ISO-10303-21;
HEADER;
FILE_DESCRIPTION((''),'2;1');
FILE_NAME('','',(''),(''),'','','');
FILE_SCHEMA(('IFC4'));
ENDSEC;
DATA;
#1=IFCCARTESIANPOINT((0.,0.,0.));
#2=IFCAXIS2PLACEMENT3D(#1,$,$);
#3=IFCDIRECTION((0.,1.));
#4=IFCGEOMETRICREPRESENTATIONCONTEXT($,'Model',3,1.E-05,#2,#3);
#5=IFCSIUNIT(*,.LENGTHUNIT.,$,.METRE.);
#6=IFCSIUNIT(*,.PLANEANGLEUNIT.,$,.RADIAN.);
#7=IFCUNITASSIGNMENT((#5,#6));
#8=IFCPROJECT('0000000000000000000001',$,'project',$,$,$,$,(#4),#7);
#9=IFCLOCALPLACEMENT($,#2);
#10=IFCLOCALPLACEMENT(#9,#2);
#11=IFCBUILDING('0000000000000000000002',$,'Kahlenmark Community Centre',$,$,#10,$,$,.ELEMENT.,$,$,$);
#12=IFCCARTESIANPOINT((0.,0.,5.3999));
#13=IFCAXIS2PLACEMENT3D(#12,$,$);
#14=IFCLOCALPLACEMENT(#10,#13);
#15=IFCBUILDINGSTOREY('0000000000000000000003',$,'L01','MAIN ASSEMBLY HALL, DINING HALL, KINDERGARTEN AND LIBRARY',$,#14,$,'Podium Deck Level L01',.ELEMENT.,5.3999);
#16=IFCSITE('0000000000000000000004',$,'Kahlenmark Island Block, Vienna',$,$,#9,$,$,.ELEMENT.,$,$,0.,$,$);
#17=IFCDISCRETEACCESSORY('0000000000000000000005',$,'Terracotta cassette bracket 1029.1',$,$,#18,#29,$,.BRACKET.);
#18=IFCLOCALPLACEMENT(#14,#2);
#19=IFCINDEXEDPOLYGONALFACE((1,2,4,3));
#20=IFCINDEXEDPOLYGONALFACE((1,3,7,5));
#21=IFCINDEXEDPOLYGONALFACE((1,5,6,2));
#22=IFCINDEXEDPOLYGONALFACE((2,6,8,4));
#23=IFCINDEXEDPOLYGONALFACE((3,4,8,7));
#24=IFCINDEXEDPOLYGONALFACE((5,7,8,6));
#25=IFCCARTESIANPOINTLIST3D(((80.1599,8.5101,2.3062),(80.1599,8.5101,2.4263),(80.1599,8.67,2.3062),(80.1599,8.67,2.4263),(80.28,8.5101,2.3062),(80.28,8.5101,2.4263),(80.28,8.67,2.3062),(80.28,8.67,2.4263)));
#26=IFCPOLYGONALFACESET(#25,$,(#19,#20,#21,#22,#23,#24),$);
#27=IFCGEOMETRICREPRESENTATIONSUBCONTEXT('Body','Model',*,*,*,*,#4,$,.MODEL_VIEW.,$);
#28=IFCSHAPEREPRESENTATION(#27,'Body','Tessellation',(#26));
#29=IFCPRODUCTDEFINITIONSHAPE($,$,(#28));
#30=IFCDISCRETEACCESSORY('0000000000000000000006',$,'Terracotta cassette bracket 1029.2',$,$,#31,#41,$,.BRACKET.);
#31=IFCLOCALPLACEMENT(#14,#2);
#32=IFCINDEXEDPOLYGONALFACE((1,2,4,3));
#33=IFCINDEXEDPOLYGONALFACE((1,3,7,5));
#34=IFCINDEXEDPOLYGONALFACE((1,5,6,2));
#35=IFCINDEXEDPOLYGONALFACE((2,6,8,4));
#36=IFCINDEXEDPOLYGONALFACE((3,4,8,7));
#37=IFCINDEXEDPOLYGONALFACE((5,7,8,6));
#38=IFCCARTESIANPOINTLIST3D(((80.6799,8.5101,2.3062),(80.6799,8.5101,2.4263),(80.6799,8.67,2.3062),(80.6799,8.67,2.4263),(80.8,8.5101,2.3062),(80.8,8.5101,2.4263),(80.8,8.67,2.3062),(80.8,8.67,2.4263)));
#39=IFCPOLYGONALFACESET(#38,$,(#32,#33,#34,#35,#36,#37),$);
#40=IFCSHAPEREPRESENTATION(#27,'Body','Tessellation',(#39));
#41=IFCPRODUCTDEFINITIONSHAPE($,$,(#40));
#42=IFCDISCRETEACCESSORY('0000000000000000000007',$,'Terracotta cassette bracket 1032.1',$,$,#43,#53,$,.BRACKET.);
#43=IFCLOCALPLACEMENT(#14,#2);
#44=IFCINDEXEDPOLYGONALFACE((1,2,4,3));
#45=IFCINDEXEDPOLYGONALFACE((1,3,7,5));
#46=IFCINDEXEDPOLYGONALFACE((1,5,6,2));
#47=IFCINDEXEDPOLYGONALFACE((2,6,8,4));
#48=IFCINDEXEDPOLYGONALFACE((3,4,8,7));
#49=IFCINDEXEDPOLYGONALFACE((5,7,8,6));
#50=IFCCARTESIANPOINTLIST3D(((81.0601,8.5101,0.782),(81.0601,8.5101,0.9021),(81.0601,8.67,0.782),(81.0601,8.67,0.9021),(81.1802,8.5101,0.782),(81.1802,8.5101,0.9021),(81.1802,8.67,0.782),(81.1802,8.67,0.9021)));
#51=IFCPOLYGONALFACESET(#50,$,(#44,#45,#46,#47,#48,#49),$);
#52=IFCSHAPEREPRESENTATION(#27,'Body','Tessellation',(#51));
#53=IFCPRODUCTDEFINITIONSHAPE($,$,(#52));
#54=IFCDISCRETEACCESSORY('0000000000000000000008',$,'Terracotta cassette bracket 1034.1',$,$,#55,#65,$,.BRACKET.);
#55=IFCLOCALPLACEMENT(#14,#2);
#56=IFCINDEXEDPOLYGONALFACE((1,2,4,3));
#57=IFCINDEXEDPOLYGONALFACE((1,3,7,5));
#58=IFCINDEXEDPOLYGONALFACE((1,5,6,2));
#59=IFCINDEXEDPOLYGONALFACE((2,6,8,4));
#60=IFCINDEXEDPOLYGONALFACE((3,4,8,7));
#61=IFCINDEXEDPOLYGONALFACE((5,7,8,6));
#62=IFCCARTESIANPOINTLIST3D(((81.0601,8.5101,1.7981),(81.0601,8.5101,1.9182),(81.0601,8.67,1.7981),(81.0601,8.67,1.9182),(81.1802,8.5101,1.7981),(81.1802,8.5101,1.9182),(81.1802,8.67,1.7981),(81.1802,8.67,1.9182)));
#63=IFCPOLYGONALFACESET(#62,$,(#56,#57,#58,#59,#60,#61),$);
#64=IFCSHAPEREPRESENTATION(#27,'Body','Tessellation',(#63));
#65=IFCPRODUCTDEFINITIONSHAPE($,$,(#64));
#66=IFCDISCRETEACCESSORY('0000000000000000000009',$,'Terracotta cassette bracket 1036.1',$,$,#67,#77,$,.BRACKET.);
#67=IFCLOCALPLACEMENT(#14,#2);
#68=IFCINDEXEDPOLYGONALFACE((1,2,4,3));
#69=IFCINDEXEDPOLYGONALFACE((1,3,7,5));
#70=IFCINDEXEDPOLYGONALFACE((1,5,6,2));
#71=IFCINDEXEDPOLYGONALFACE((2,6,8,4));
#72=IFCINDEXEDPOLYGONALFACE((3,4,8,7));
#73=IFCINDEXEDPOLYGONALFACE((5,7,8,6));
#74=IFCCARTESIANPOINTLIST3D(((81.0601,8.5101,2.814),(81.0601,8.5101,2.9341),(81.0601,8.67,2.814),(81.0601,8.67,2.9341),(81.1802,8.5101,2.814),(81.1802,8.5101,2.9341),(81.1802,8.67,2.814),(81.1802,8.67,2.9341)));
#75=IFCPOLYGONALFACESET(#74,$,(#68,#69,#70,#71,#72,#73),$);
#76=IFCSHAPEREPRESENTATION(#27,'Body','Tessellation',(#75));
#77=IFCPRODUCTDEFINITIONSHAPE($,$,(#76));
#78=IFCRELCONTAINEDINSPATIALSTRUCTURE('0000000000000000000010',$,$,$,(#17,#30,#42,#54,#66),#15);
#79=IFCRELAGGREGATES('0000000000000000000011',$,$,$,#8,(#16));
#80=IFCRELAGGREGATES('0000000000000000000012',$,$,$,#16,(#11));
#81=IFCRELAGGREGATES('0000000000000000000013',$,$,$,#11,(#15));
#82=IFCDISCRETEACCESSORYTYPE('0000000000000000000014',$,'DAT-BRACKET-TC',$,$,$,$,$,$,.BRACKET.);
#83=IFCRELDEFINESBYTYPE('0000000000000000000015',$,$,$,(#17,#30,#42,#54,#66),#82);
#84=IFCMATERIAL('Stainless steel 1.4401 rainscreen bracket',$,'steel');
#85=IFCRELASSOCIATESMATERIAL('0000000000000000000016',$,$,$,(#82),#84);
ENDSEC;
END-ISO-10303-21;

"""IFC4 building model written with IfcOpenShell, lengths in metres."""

from ifc_helpers import new_model, si_unit, direction, frame, origin, origin_2d, place, context, subcontext, project, spatial, rectangle, extrude, material, type_object, element, save


model = new_model("IFC4")

# Units and contexts
model_context = context("Model", 3, precision=1e-05, world=origin(), true_north=direction((0.0, 1.0)))
body_context = subcontext(model_context, "Body", "Model", "MODEL_VIEW")
ifc_project = project(units=[si_unit("LENGTHUNIT", "METRE"), si_unit("PLANEANGLEUNIT", "RADIAN")], contexts=[model_context])

# Site, building, storey
site_placement = place(None, origin())
site = spatial("IfcSite", under=ifc_project, at=site_placement, Name="Kahlenmark Island Block, Vienna", CompositionType="ELEMENT", RefElevation=0.0)
building_placement = place(site_placement, origin())
building = spatial("IfcBuilding", under=site, at=building_placement, Name="Kahlenmark Community Centre", CompositionType="ELEMENT")
storey_placement = place(building_placement, frame((0.0, 0.0, 5.3999)))
storey = spatial("IfcBuildingStorey", under=building, at=storey_placement, Name="L01", Description="MAIN ASSEMBLY HALL, DINING HALL, KINDERGARTEN AND LIBRARY", LongName="Podium Deck Level L01", CompositionType="ELEMENT", Elevation=5.3999)

# Discrete accessories
ifc_material_1 = material(Name="Stainless steel 1.4401 rainscreen bracket", Category="steel")
discrete_accessory_type = type_object("IfcDiscreteAccessoryType", Name="DAT-BRACKET-TC", PredefinedType="BRACKET", material=ifc_material_1)
for number, where, z_axis, x_axis, name in (
    (1, (80.22, 8.5901, 2.3062), (0.0, 0.0, 1.0), (1.0, 0.0, 0.0), "Terracotta cassette bracket 1029.1"),
    (2, (80.74, 8.5901, 2.3062), (0.0, 0.0, 1.0), (1.0, 0.0, 0.0), "Terracotta cassette bracket 1029.2"),
    (3, (81.1201, 8.5901, 0.782), (0.0, 0.0, 1.0), (1.0, 0.0, 0.0), "Terracotta cassette bracket 1032.1"),
    (4, (81.1201, 8.5901, 1.7981), (0.0, 0.0, 1.0), (1.0, 0.0, 0.0), "Terracotta cassette bracket 1034.1"),
    (5, (81.1201, 8.5901, 2.814), (0.0, 0.0, 1.0), (1.0, 0.0, 0.0), "Terracotta cassette bracket 1036.1"),
):
    element("IfcDiscreteAccessory", number, at=place(storey_placement, frame(where, z_axis=z_axis, x_axis=x_axis)), inside=storey, type_object=discrete_accessory_type, Name=name, PredefinedType="BRACKET", context=body_context, shape_type="SweptSolid", body=[
        extrude(rectangle(XDim=0.1201, YDim=0.1599, at=origin_2d()), origin(), (0.0, 0.0, 1.0), 0.1201),
    ])

save(model, "model.ifc")
